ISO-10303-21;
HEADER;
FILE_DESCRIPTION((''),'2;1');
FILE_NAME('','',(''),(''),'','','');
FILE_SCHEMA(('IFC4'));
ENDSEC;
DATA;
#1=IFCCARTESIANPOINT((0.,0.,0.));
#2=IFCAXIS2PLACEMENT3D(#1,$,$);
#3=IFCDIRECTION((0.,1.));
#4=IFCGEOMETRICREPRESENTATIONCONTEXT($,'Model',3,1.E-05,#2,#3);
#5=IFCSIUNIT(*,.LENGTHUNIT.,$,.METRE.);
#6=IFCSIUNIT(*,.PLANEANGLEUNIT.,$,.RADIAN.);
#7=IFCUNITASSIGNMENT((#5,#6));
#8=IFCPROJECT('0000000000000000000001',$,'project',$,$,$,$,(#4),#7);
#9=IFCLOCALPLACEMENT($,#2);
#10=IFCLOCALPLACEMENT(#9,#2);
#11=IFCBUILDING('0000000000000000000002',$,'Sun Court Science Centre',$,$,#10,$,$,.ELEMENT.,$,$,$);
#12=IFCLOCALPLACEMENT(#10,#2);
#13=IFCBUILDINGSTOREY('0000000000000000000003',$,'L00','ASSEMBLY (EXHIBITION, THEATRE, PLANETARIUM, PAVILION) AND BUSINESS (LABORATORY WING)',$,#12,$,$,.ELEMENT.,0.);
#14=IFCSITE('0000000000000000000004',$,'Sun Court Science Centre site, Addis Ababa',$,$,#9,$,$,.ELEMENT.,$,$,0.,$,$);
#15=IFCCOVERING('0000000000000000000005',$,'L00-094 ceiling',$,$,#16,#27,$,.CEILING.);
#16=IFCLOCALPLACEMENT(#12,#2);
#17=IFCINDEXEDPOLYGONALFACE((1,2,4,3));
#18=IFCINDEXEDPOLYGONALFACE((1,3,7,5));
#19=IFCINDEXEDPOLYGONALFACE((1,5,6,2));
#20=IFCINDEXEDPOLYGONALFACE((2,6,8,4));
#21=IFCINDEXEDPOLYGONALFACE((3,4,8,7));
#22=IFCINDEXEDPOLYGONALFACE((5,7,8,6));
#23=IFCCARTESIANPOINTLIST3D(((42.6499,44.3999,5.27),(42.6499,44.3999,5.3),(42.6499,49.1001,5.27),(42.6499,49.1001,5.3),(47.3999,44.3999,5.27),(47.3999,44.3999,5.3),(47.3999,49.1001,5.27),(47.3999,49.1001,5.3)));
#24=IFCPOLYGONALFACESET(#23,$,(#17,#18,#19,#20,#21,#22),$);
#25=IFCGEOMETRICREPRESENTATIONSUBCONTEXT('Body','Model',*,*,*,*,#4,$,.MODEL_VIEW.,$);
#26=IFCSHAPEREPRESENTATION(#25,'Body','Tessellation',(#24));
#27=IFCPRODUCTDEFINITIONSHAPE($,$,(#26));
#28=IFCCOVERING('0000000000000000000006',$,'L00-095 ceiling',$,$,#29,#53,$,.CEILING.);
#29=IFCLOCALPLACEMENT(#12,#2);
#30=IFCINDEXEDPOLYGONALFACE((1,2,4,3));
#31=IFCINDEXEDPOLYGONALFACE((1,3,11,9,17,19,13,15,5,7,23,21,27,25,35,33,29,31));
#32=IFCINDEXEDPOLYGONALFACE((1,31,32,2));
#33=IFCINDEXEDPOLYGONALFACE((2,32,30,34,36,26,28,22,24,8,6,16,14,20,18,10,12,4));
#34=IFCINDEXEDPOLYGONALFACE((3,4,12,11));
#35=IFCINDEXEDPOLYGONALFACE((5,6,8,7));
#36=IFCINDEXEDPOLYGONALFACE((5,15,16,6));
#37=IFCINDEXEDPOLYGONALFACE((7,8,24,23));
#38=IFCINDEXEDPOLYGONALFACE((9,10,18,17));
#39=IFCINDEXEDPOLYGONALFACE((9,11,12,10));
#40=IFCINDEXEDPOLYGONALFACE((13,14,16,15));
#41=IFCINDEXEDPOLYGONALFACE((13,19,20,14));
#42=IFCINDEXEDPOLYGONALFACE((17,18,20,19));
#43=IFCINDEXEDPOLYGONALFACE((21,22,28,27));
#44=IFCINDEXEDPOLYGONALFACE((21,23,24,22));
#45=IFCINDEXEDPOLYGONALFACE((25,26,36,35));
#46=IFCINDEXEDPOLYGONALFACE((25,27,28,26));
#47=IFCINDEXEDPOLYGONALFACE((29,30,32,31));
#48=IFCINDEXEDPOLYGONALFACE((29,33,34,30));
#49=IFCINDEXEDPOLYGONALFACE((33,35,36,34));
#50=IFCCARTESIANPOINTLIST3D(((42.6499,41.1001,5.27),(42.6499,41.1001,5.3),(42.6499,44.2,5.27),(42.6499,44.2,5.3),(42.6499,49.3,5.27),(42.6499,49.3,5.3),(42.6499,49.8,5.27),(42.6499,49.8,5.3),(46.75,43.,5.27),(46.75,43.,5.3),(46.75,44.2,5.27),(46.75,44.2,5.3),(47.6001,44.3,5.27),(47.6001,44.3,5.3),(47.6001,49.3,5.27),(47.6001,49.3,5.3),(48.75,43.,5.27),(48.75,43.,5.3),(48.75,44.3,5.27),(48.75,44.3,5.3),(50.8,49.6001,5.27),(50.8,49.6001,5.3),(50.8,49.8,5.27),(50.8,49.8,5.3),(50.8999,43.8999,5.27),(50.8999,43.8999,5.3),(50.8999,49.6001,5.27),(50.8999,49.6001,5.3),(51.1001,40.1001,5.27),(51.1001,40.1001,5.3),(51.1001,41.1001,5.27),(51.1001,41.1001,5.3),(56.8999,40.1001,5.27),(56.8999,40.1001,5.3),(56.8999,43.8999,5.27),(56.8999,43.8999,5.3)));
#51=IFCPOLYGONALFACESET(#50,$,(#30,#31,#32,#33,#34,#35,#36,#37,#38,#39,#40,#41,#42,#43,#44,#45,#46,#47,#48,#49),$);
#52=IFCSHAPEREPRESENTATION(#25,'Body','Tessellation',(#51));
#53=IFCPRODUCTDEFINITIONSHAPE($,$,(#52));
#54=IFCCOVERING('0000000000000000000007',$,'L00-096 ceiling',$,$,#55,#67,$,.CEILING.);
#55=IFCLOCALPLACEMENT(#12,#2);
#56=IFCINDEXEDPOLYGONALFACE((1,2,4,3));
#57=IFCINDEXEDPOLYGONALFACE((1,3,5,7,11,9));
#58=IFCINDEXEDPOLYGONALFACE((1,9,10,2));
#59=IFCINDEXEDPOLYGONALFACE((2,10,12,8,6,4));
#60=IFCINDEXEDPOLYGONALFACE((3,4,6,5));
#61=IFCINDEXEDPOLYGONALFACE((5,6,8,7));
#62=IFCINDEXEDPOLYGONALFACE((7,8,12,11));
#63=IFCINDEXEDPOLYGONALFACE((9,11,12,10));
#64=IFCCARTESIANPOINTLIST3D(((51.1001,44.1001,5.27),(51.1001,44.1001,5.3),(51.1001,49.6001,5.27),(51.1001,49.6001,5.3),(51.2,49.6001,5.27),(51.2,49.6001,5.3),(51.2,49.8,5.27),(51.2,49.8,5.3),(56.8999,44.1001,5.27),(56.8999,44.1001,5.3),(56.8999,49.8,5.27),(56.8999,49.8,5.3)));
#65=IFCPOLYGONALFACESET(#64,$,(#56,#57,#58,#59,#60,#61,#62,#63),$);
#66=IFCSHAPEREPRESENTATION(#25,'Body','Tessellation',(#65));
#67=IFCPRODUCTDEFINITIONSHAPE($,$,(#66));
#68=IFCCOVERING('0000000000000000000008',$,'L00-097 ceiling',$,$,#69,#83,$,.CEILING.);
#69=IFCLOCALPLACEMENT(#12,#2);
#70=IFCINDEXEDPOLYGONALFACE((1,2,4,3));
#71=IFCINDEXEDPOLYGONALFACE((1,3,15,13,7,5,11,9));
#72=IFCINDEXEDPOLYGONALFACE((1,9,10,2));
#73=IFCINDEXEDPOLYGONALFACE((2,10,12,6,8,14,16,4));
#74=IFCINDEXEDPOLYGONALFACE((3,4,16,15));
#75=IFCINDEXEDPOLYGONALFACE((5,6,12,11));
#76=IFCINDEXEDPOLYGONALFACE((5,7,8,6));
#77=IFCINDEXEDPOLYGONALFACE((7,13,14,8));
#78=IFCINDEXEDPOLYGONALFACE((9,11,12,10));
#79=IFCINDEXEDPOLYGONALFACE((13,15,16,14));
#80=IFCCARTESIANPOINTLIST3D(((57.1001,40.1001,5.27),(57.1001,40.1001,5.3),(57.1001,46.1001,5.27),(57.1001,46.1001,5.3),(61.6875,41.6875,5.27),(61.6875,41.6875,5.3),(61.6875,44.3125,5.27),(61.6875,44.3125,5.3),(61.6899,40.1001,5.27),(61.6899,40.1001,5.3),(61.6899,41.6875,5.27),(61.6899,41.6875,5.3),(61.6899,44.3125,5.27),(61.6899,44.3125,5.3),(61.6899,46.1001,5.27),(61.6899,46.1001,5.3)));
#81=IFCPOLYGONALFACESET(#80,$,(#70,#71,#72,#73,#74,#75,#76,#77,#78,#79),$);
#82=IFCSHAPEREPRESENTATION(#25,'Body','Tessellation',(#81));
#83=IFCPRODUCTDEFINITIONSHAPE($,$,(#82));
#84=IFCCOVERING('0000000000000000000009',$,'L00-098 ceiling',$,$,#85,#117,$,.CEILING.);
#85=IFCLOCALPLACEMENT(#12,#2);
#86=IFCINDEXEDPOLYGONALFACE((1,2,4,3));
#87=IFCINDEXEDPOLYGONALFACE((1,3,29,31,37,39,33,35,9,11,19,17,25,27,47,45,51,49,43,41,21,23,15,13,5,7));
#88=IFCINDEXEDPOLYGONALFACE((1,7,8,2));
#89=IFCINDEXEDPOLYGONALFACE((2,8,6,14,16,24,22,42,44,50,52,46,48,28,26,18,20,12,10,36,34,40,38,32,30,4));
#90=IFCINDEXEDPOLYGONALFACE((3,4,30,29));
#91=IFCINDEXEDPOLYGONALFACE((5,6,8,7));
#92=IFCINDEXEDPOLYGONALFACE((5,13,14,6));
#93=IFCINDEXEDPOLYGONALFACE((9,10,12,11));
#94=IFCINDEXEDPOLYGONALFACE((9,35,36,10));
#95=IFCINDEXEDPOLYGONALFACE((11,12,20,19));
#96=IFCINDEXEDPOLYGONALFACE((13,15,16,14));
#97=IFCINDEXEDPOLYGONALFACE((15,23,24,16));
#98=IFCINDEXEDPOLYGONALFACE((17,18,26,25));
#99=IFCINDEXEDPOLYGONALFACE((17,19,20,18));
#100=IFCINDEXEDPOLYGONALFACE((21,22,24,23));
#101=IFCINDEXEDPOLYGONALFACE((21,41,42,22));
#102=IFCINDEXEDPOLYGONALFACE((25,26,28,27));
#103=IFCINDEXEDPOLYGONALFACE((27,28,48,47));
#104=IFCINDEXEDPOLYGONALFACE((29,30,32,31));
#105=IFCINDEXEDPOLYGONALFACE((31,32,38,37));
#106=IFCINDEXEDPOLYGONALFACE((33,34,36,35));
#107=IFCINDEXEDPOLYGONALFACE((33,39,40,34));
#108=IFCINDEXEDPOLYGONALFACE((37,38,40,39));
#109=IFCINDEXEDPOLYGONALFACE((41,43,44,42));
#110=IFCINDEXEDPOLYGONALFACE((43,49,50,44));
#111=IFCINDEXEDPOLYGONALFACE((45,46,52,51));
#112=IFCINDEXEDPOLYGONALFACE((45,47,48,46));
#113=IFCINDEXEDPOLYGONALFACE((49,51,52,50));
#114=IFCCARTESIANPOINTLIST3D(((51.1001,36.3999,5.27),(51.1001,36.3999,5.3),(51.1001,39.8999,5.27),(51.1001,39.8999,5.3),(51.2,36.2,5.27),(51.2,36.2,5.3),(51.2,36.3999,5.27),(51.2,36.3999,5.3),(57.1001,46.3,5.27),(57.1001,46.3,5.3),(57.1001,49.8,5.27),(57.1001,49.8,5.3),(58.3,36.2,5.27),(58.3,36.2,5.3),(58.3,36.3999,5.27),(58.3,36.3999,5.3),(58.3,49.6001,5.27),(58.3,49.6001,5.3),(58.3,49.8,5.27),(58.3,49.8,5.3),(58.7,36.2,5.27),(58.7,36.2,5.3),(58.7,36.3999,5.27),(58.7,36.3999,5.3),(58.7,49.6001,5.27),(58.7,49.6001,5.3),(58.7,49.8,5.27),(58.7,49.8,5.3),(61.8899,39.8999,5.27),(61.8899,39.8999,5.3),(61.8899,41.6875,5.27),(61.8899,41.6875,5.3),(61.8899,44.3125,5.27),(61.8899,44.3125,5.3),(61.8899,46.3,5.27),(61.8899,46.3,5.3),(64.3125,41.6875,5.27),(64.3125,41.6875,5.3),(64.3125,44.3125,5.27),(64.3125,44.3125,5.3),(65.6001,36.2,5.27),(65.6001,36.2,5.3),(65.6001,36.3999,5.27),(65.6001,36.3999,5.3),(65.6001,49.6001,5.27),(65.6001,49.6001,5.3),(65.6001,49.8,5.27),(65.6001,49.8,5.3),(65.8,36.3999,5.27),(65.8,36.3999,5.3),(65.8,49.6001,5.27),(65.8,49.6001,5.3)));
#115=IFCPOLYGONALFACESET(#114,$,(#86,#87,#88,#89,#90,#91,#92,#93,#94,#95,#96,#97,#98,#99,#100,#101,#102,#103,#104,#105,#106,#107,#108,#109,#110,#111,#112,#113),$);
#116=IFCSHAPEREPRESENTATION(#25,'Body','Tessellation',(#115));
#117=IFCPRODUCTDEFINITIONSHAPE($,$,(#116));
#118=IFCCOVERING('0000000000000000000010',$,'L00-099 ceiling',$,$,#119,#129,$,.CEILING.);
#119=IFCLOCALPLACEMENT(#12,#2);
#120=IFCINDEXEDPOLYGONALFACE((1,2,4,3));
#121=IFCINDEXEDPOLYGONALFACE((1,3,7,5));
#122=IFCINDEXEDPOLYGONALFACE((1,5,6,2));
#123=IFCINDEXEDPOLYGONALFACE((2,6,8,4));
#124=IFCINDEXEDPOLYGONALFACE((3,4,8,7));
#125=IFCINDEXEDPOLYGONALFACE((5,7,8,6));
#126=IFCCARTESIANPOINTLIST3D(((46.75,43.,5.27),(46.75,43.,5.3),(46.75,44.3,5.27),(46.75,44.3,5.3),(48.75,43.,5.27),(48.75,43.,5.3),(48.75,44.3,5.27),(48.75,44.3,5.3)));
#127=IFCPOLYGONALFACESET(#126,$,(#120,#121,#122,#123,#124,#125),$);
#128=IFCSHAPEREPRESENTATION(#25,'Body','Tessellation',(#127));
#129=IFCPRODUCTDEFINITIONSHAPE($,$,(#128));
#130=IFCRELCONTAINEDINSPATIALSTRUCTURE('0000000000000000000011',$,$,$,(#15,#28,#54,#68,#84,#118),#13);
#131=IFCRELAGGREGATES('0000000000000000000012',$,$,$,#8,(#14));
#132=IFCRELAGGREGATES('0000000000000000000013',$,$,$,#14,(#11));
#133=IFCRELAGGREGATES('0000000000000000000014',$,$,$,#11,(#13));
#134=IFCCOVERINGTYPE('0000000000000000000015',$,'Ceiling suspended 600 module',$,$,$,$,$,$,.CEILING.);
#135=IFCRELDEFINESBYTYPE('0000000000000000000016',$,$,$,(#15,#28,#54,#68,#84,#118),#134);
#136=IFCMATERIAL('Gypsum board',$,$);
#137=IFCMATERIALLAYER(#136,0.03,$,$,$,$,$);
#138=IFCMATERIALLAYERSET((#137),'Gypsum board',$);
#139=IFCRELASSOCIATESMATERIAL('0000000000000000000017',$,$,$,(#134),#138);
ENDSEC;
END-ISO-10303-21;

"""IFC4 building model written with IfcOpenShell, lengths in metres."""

from ifc_helpers import new_model, si_unit, direction, frame, origin, place, context, subcontext, project, spatial, polyline, outline, extrude, material, layer, layer_set, type_object, element, save


model = new_model("IFC4")

# Units and contexts
model_context = context("Model", 3, precision=1e-05, world=origin(), true_north=direction((0.0, 1.0)))
body_context = subcontext(model_context, "Body", "Model", "MODEL_VIEW")
ifc_project = project(units=[si_unit("LENGTHUNIT", "METRE"), si_unit("PLANEANGLEUNIT", "RADIAN")], contexts=[model_context])

# Site, building, storey
site_placement = place(None, origin())
site = spatial("IfcSite", under=ifc_project, at=site_placement, Name="Sun Court Science Centre site, Addis Ababa", CompositionType="ELEMENT", RefElevation=0.0)
building_placement = place(site_placement, origin())
building = spatial("IfcBuilding", under=site, at=building_placement, Name="Sun Court Science Centre", CompositionType="ELEMENT")
storey_placement = place(building_placement, origin())
storey = spatial("IfcBuildingStorey", under=building, at=storey_placement, Name="L00", Description="ASSEMBLY (EXHIBITION, THEATRE, PLANETARIUM, PAVILION) AND BUSINESS (LABORATORY WING)", CompositionType="ELEMENT", Elevation=0.0)

# Coverings
ifc_material_1 = material(Name="Gypsum board")
ifc_layer_1 = layer(ifc_material_1, 0.03)
ifc_layer_set_1 = layer_set([ifc_layer_1], Name="Gypsum board")
covering_type_1 = type_object("IfcCoveringType", Name="Ceiling suspended 600 module", PredefinedType="CEILING", material=ifc_layer_set_1)
covering_1_placement = place(storey_placement, frame((0.0, 0.0, 5.27)))
element("IfcCovering", 1, at=covering_1_placement, inside=storey, type_object=covering_type_1, Name="L00-094 ceiling", PredefinedType="CEILING", context=body_context, shape_type="SweptSolid", body=[
    extrude(outline(polyline([(42.6499, 49.1001), (47.3999, 49.1001), (47.3999, 44.3999), (42.6499, 44.3999), (42.6499, 49.1001)])), origin(), (0.0, 0.0, 1.0), 0.03),
])
covering_2_placement = place(storey_placement, frame((0.0, 0.0, 5.27)))
element("IfcCovering", 2, at=covering_2_placement, inside=storey, type_object=covering_type_1, Name="L00-095 ceiling", PredefinedType="CEILING", context=body_context, shape_type="SweptSolid", body=[
    extrude(outline(polyline([(46.75, 43.0), (48.75, 43.0), (48.75, 44.3), (47.6001, 44.3), (47.6001, 49.3), (42.6499, 49.3), (42.6499, 49.8), (50.8, 49.8), (50.8, 49.6001), (50.8999, 49.6001), (50.8999, 43.8999), (56.8999, 43.8999), (56.8999, 40.1001), (51.1001, 40.1001), (51.1001, 41.1001), (42.6499, 41.1001), (42.6499, 44.2), (46.75, 44.2), (46.75, 43.0)])), origin(), (0.0, 0.0, 1.0), 0.03),
])
covering_3_placement = place(storey_placement, frame((0.0, 0.0, 5.27)))
element("IfcCovering", 3, at=covering_3_placement, inside=storey, type_object=covering_type_1, Name="L00-096 ceiling", PredefinedType="CEILING", context=body_context, shape_type="SweptSolid", body=[
    extrude(outline(polyline([(56.8999, 49.8), (56.8999, 44.1001), (51.1001, 44.1001), (51.1001, 49.6001), (51.2, 49.6001), (51.2, 49.8), (56.8999, 49.8)])), origin(), (0.0, 0.0, 1.0), 0.03),
])
covering_4_placement = place(storey_placement, frame((0.0, 0.0, 5.27)))
element("IfcCovering", 4, at=covering_4_placement, inside=storey, type_object=covering_type_1, Name="L00-097 ceiling", PredefinedType="CEILING", context=body_context, shape_type="SweptSolid", body=[
    extrude(outline(polyline([(57.1001, 40.1001), (57.1001, 46.1001), (61.6899, 46.1001), (61.6899, 44.3125), (61.6875, 44.3125), (61.6875, 41.6875), (61.6899, 41.6875), (61.6899, 40.1001), (57.1001, 40.1001)])), origin(), (0.0, 0.0, 1.0), 0.03),
])
covering_5_placement = place(storey_placement, frame((0.0, 0.0, 5.27)))
element("IfcCovering", 5, at=covering_5_placement, inside=storey, type_object=covering_type_1, Name="L00-098 ceiling", PredefinedType="CEILING", context=body_context, shape_type="SweptSolid", body=[
    extrude(outline(polyline([(51.1001, 36.3999), (51.1001, 39.8999), (61.8899, 39.8999), (61.8899, 41.6875), (64.3125, 41.6875), (64.3125, 44.3125), (61.8899, 44.3125), (61.8899, 46.3), (57.1001, 46.3), (57.1001, 49.8), (58.3, 49.8), (58.3, 49.6001), (58.7, 49.6001), (58.7, 49.8), (65.6001, 49.8), (65.6001, 49.6001), (65.8, 49.6001), (65.8, 36.3999), (65.6001, 36.3999), (65.6001, 36.2), (58.7, 36.2), (58.7, 36.3999), (58.3, 36.3999), (58.3, 36.2), (51.2, 36.2), (51.2, 36.3999), (51.1001, 36.3999)])), origin(), (0.0, 0.0, 1.0), 0.03),
])
covering_6_placement = place(storey_placement, frame((0.0, 0.0, 5.27)))
element("IfcCovering", 6, at=covering_6_placement, inside=storey, type_object=covering_type_1, Name="L00-099 ceiling", PredefinedType="CEILING", context=body_context, shape_type="SweptSolid", body=[
    extrude(outline(polyline([(48.75, 44.3), (48.75, 43.0), (46.75, 43.0), (46.75, 44.3), (48.75, 44.3)])), origin(), (0.0, 0.0, 1.0), 0.03),
])

save(model, "model.ifc")
